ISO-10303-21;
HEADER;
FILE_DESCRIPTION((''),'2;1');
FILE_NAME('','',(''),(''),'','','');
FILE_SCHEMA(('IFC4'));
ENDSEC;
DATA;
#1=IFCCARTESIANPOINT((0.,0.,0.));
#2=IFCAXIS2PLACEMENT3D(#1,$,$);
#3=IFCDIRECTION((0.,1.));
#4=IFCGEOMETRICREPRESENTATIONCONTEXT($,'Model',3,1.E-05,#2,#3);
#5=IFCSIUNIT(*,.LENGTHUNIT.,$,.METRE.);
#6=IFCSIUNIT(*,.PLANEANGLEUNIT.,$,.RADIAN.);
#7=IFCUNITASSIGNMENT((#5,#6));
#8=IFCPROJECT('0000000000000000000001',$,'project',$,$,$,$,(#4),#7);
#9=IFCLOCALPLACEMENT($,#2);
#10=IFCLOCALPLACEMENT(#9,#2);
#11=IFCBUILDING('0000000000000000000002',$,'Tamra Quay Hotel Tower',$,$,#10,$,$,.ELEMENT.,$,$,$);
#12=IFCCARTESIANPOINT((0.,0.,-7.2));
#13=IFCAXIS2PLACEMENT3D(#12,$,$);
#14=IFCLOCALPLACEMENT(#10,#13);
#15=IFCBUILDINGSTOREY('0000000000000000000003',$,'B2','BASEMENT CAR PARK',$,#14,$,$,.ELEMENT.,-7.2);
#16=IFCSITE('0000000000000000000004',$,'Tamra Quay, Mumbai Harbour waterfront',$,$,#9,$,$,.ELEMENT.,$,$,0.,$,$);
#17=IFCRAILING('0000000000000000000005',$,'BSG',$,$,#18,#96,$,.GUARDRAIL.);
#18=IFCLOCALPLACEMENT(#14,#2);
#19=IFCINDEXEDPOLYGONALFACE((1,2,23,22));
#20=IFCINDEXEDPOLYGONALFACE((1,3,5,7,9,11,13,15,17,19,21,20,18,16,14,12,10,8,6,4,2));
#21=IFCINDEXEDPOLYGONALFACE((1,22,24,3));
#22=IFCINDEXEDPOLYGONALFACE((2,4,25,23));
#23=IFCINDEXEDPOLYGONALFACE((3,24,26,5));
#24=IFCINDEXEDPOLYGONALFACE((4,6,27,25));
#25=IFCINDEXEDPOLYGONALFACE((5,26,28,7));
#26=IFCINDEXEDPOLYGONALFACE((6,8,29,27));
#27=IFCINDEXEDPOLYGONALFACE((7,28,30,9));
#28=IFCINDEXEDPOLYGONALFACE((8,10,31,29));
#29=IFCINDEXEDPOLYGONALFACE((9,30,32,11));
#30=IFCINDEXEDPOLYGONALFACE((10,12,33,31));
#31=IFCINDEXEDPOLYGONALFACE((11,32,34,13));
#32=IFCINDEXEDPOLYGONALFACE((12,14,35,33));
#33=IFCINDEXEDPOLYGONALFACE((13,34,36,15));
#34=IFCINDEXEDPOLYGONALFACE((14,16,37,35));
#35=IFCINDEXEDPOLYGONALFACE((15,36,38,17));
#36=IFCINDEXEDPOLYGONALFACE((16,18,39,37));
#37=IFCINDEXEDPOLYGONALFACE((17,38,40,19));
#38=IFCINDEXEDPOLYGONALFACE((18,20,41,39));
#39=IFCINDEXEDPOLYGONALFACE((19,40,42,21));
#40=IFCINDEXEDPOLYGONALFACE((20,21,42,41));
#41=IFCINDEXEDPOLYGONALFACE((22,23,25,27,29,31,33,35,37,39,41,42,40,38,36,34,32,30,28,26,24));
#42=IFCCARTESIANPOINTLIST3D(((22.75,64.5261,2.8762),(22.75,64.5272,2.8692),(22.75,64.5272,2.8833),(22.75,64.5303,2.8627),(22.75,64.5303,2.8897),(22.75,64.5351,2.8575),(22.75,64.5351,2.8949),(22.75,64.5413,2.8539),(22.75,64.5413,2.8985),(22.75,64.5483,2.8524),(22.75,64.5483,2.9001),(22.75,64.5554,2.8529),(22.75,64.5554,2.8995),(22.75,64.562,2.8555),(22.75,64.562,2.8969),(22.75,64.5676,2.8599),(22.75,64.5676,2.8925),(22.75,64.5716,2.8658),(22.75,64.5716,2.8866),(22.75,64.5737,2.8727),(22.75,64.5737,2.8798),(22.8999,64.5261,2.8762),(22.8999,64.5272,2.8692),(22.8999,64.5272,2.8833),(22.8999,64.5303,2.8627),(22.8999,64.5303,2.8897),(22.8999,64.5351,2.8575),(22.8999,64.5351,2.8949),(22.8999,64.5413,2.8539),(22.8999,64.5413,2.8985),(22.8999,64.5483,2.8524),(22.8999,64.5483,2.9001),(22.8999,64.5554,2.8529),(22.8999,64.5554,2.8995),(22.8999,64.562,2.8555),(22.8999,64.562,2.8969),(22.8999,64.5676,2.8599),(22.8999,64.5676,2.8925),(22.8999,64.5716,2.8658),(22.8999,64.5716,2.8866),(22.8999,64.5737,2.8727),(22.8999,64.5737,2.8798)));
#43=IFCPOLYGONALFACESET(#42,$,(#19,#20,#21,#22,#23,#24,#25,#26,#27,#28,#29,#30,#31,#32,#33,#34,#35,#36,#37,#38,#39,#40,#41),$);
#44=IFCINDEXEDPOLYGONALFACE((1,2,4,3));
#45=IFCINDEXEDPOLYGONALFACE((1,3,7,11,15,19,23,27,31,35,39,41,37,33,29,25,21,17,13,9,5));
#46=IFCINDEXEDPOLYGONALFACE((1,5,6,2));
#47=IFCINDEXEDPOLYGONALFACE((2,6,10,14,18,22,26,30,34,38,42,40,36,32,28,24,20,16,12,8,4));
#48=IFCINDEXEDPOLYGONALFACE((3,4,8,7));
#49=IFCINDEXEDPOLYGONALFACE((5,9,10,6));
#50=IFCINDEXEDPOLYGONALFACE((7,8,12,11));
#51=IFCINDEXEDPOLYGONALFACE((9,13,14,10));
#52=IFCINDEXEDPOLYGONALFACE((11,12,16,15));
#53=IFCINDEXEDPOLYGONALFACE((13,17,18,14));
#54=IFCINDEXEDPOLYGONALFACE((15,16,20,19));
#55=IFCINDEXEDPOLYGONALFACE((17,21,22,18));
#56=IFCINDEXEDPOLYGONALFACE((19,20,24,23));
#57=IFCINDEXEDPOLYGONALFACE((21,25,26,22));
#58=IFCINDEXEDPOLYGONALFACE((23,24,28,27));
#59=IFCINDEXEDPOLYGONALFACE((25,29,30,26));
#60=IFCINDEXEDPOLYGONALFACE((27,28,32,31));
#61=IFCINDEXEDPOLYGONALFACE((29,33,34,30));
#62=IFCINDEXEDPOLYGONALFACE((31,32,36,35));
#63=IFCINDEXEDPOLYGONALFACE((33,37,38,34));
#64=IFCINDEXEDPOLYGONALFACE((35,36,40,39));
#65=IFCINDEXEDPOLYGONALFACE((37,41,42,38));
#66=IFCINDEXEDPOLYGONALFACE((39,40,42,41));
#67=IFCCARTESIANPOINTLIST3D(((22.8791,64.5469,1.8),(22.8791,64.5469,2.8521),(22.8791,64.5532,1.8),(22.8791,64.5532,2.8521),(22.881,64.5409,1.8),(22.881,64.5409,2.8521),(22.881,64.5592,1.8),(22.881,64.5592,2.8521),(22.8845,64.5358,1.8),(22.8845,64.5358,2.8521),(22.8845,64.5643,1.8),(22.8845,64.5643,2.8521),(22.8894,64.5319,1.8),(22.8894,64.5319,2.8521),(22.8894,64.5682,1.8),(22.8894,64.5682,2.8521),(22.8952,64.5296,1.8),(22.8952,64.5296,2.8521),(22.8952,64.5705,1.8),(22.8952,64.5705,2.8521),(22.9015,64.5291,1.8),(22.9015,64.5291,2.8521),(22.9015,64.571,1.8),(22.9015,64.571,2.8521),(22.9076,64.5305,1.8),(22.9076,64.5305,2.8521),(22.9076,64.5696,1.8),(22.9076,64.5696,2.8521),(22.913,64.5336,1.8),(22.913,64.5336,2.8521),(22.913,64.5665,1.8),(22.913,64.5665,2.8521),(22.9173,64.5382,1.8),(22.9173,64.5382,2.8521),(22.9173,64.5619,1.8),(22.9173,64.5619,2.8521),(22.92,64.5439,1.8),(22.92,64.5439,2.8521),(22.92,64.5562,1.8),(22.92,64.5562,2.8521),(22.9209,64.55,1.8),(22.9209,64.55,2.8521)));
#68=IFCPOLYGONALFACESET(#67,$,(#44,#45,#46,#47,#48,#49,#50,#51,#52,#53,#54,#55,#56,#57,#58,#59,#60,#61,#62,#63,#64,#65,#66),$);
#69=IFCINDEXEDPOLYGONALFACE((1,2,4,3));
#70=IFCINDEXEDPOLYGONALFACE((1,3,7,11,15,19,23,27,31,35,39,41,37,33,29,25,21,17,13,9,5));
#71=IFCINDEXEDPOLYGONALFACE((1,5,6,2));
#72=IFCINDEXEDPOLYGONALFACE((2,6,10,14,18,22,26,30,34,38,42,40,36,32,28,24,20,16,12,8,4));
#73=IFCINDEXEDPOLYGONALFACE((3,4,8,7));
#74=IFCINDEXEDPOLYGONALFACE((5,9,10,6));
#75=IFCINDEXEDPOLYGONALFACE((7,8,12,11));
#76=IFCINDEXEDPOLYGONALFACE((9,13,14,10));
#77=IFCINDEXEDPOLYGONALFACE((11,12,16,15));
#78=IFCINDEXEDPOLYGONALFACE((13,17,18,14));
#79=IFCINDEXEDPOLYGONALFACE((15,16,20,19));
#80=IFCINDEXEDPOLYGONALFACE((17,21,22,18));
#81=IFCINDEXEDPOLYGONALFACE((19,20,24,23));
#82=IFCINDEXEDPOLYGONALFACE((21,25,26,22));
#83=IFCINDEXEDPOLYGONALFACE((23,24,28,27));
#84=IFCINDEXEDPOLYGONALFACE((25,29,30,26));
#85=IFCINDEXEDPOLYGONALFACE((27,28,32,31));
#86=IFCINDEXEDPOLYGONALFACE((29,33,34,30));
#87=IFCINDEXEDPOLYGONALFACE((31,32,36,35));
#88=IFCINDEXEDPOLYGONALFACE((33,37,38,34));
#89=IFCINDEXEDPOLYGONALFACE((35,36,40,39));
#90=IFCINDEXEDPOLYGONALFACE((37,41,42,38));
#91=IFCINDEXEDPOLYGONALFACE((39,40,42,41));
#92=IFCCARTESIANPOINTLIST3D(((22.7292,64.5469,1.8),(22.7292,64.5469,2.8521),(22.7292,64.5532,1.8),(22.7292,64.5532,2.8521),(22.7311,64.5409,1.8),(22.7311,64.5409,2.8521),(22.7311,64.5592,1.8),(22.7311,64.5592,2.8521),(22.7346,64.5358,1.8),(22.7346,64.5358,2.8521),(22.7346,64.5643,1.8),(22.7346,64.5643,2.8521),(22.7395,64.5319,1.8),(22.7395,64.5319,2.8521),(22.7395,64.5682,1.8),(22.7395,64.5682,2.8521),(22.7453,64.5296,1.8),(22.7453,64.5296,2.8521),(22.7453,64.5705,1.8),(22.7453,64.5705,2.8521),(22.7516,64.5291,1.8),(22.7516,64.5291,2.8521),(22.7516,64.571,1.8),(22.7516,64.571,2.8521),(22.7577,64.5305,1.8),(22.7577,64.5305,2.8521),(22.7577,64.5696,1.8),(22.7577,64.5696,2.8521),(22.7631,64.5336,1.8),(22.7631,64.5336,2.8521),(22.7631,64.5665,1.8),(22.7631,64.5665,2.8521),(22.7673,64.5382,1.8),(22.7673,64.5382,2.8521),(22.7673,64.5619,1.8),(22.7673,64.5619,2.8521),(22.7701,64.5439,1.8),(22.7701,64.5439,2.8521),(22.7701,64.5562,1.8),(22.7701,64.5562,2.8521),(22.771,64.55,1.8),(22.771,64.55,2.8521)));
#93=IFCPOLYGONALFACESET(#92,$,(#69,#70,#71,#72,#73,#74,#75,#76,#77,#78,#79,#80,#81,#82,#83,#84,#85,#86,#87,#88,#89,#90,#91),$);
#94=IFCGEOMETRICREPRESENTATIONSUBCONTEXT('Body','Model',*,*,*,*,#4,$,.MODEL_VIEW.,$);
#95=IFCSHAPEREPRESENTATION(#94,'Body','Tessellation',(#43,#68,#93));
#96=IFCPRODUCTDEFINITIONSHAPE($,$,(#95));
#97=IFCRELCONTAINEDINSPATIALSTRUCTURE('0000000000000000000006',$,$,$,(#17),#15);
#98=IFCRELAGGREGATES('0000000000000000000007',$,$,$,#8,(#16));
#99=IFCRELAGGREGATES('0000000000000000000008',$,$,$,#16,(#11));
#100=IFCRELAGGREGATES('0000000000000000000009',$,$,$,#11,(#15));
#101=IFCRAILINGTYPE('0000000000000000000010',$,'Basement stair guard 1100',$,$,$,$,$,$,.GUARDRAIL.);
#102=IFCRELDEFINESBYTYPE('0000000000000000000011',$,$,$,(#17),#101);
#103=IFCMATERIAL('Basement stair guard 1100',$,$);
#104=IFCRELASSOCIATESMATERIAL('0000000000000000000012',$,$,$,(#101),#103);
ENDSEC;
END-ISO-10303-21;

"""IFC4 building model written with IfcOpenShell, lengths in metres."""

from ifc_helpers import new_model, si_unit, direction, frame, origin, origin_2d, place, context, subcontext, project, spatial, circle, extrude, material, type_object, element, save


model = new_model("IFC4")

# Units and contexts
model_context = context("Model", 3, precision=1e-05, world=origin(), true_north=direction((0.0, 1.0)))
body_context = subcontext(model_context, "Body", "Model", "MODEL_VIEW")
ifc_project = project(units=[si_unit("LENGTHUNIT", "METRE"), si_unit("PLANEANGLEUNIT", "RADIAN")], contexts=[model_context])

# Site, building, storey
site_placement = place(None, origin())
site = spatial("IfcSite", under=ifc_project, at=site_placement, Name="Tamra Quay, Mumbai Harbour waterfront", CompositionType="ELEMENT", RefElevation=0.0)
building_placement = place(site_placement, origin())
building = spatial("IfcBuilding", under=site, at=building_placement, Name="Tamra Quay Hotel Tower", CompositionType="ELEMENT")
storey_placement = place(building_placement, frame((0.0, 0.0, -7.2)))
storey = spatial("IfcBuildingStorey", under=building, at=storey_placement, Name="B2", Description="BASEMENT CAR PARK", CompositionType="ELEMENT", Elevation=-7.2)

# Railing
ifc_material_1 = material(Name="Basement stair guard 1100")
railing_type_1 = type_object("IfcRailingType", Name="Basement stair guard 1100", PredefinedType="GUARDRAIL", material=ifc_material_1)
railing_1_placement = place(storey_placement, frame((22.8999, 64.55, 1.8)))
element("IfcRailing", 1, at=railing_1_placement, inside=storey, type_object=railing_type_1, Name="BSG", PredefinedType="GUARDRAIL", context=body_context, shape_type="SweptSolid", body=[
    extrude(circle(Radius=0.0239, at=origin_2d()), frame((0.0, 0.0, 1.0762), z_axis=(-1.0, 0.0, 0.0), x_axis=(0.0, -1.0, 0.0)), (0.0, 0.0, 1.0), 0.1499),
    extrude(circle(Radius=0.021, at=origin_2d()), origin(), (0.0, 0.0, 1.0), 1.052),
    extrude(circle(Radius=0.021, at=origin_2d()), frame((-0.1499, 0.0, 0.0)), (0.0, 0.0, 1.0), 1.052),
])

save(model, "model.ifc")
